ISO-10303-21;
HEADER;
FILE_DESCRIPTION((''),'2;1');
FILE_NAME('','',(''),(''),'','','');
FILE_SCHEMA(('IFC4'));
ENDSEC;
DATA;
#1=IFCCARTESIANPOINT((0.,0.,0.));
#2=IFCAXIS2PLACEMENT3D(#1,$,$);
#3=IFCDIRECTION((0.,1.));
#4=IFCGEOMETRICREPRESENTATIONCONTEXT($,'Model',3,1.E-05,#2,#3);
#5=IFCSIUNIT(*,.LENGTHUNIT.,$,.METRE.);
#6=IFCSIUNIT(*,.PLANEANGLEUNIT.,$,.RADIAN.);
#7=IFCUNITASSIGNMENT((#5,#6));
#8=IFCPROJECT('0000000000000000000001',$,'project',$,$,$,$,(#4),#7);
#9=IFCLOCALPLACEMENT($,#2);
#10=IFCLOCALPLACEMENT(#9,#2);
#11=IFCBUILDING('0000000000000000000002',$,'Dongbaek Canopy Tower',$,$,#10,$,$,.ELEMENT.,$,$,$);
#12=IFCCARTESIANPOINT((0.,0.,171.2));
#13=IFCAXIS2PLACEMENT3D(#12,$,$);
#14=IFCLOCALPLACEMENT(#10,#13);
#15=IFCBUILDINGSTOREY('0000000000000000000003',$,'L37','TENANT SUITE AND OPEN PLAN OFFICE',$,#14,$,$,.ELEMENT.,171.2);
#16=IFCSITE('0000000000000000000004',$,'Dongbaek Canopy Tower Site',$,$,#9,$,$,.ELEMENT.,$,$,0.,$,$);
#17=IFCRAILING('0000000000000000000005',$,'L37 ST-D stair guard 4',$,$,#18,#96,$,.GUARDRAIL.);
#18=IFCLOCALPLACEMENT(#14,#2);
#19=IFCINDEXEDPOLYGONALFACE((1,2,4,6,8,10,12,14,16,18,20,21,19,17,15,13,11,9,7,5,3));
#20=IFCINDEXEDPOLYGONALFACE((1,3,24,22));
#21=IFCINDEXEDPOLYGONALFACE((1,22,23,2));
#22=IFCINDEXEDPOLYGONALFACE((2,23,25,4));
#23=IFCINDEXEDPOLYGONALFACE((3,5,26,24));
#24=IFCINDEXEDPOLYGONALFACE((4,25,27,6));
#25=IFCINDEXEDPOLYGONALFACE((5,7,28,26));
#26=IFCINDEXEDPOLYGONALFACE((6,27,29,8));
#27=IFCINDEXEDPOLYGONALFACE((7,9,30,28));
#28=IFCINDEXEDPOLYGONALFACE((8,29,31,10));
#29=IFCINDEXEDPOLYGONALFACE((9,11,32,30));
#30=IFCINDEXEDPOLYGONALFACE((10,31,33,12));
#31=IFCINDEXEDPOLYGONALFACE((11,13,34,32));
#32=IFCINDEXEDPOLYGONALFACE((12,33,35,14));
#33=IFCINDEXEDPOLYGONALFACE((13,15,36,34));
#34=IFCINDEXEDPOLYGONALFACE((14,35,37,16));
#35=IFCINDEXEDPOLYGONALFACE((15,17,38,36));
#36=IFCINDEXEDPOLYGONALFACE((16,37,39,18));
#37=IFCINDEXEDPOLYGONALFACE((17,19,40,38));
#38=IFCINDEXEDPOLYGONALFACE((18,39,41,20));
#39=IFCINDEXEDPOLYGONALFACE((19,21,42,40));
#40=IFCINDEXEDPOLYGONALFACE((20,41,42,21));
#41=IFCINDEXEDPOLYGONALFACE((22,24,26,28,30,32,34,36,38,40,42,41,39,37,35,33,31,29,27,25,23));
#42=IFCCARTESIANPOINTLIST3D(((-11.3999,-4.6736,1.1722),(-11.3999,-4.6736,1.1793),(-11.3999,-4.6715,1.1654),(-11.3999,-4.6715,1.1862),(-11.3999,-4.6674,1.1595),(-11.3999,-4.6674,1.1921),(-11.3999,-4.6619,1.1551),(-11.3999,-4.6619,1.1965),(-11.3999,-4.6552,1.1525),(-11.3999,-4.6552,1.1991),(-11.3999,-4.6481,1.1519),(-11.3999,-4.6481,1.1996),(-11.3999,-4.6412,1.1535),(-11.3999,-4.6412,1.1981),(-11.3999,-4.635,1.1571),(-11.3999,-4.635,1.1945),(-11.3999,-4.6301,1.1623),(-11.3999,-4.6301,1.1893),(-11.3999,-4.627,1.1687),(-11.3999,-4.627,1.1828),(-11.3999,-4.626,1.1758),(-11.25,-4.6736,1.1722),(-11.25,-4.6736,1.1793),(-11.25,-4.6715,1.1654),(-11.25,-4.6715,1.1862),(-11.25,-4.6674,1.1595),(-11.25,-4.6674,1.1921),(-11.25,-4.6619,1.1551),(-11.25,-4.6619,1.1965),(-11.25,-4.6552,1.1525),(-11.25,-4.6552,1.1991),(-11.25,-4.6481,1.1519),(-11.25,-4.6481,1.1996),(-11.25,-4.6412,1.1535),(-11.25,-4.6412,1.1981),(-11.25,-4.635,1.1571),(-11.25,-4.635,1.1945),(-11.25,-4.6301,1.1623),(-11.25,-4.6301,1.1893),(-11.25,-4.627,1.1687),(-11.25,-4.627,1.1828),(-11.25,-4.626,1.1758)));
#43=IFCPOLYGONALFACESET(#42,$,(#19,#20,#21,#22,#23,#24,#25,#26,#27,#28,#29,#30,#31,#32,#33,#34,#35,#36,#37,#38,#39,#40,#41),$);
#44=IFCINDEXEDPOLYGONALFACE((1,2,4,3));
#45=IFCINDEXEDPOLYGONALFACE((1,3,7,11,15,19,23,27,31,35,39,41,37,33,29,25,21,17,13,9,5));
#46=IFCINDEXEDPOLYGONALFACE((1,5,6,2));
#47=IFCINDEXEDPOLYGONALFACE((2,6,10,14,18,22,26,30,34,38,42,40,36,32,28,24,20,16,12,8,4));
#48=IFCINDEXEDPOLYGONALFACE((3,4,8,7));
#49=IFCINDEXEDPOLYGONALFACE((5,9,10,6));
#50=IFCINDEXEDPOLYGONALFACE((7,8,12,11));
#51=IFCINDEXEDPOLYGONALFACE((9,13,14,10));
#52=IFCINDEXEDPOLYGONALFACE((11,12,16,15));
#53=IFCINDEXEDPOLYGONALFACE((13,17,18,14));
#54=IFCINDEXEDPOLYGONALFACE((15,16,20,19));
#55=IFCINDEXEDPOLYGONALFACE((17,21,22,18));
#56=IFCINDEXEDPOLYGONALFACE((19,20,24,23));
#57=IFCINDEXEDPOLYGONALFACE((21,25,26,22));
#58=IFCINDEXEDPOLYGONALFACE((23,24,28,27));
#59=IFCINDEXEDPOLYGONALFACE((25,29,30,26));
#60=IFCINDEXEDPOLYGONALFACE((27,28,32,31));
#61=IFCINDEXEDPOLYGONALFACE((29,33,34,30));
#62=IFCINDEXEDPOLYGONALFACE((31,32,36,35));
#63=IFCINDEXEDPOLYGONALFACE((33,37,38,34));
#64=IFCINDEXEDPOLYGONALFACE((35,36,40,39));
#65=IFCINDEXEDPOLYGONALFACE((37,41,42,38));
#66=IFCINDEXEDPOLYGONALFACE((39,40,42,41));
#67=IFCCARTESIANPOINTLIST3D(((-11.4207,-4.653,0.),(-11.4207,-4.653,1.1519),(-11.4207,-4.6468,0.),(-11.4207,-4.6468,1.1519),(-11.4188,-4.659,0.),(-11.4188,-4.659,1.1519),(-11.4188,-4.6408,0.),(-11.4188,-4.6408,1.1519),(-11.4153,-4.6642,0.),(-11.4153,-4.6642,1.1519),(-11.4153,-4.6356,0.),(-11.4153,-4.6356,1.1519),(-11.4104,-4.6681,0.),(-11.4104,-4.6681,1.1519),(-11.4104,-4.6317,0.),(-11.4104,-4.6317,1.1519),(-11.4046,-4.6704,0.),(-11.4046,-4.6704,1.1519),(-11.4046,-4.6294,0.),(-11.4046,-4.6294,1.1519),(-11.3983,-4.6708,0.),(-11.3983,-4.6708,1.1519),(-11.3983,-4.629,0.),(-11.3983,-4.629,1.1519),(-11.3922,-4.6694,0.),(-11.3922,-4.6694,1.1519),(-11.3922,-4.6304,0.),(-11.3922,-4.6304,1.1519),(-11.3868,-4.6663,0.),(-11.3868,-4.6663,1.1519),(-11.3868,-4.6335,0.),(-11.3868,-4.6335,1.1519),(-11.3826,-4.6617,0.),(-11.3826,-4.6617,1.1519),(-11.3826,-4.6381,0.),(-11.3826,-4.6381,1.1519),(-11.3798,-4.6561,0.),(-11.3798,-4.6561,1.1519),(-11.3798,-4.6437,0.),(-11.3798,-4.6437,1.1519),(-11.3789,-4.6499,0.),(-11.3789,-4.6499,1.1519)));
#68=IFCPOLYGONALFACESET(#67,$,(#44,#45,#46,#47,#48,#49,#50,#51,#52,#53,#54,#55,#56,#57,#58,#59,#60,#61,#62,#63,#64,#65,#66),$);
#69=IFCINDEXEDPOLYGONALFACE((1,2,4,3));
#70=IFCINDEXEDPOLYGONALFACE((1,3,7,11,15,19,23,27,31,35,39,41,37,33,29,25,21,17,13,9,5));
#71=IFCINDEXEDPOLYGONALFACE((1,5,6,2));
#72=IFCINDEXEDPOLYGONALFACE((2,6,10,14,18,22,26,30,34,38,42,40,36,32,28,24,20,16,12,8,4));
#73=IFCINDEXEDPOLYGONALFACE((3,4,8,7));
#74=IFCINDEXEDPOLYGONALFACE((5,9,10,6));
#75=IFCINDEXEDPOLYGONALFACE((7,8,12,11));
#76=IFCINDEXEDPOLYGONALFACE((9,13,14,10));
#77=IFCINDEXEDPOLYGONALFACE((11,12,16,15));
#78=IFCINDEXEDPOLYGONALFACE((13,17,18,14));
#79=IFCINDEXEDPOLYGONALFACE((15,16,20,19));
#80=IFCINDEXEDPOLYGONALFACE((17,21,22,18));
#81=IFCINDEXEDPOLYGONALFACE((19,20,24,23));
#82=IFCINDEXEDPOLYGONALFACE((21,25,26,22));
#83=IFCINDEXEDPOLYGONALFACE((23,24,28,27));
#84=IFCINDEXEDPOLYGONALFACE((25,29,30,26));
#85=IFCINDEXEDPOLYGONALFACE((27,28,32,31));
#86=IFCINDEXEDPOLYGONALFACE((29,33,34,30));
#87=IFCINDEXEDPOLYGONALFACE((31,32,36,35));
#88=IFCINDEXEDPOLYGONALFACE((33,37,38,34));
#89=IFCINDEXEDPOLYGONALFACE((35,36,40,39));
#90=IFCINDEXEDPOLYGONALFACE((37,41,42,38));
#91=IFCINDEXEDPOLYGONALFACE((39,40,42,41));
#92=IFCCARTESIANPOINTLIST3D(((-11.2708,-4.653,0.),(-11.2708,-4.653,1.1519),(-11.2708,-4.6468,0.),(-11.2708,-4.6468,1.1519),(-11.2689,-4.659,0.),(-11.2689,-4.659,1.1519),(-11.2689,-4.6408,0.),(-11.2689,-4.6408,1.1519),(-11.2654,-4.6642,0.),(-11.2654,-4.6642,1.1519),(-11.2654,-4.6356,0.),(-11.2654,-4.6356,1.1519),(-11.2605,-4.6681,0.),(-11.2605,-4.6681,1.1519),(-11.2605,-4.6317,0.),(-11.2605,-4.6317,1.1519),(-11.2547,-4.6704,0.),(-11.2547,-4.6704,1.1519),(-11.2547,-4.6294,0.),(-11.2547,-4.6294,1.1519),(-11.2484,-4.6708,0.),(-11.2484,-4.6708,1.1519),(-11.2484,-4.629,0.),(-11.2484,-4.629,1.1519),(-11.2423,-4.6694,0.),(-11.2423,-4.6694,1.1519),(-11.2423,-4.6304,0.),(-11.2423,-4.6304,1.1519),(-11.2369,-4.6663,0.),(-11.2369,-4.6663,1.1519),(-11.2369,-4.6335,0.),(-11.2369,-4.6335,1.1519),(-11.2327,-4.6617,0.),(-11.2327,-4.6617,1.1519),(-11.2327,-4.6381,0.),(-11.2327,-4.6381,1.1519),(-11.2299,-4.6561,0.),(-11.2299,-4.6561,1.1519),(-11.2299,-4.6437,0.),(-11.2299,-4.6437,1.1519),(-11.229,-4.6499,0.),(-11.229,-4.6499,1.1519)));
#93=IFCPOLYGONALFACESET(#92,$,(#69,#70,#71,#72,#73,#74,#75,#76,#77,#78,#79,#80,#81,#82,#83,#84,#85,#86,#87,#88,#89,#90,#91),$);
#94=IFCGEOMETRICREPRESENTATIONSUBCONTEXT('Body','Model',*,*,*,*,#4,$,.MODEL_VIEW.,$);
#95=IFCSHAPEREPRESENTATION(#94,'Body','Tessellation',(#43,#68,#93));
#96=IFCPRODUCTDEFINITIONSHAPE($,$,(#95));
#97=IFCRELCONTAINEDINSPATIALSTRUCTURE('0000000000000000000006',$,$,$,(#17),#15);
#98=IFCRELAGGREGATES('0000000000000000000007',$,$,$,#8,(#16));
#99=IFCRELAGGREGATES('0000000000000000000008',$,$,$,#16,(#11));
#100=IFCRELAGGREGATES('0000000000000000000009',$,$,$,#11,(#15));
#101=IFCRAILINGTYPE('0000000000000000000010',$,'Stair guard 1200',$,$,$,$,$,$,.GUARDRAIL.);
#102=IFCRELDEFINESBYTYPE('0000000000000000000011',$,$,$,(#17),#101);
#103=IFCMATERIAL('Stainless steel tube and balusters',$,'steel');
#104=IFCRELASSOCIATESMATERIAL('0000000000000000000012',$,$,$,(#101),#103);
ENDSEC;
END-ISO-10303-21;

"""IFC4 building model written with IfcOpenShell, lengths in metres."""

from ifc_helpers import new_model, si_unit, direction, frame, origin, origin_2d, place, context, subcontext, project, spatial, circle, extrude, material, type_object, element, save


model = new_model("IFC4")

# Units and contexts
model_context = context("Model", 3, precision=1e-05, world=origin(), true_north=direction((0.0, 1.0)))
body_context = subcontext(model_context, "Body", "Model", "MODEL_VIEW")
ifc_project = project(units=[si_unit("LENGTHUNIT", "METRE"), si_unit("PLANEANGLEUNIT", "RADIAN")], contexts=[model_context])

# Site, building, storey
site_placement = place(None, origin())
site = spatial("IfcSite", under=ifc_project, at=site_placement, Name="Dongbaek Canopy Tower Site", CompositionType="ELEMENT", RefElevation=0.0)
building_placement = place(site_placement, origin())
building = spatial("IfcBuilding", under=site, at=building_placement, Name="Dongbaek Canopy Tower", CompositionType="ELEMENT")
storey_placement = place(building_placement, frame((0.0, 0.0, 171.2)))
storey = spatial("IfcBuildingStorey", under=building, at=storey_placement, Name="L37", Description="TENANT SUITE AND OPEN PLAN OFFICE", CompositionType="ELEMENT", Elevation=171.2)

# Railing
ifc_material_1 = material(Name="Stainless steel tube and balusters", Category="steel")
railing_type_1 = type_object("IfcRailingType", Name="Stair guard 1200", PredefinedType="GUARDRAIL", material=ifc_material_1)
railing_1_placement = place(storey_placement, frame((-11.3999, -4.6499, 0.0)))
element("IfcRailing", 1, at=railing_1_placement, inside=storey, type_object=railing_type_1, Name="L37 ST-D stair guard 4", PredefinedType="GUARDRAIL", context=body_context, shape_type="SweptSolid", body=[
    extrude(circle(Radius=0.0239, at=origin_2d()), frame((0.0, 0.0, 1.1758), z_axis=(1.0, 0.0, 0.0), x_axis=(0.0, 1.0, 0.0)), (0.0, 0.0, 1.0), 0.1499),
    extrude(circle(Radius=0.021, at=origin_2d()), origin(), (0.0, 0.0, 1.0), 1.1519),
    extrude(circle(Radius=0.021, at=origin_2d()), frame((0.1499, 0.0, 0.0)), (0.0, 0.0, 1.0), 1.1519),
])

save(model, "model.ifc")
